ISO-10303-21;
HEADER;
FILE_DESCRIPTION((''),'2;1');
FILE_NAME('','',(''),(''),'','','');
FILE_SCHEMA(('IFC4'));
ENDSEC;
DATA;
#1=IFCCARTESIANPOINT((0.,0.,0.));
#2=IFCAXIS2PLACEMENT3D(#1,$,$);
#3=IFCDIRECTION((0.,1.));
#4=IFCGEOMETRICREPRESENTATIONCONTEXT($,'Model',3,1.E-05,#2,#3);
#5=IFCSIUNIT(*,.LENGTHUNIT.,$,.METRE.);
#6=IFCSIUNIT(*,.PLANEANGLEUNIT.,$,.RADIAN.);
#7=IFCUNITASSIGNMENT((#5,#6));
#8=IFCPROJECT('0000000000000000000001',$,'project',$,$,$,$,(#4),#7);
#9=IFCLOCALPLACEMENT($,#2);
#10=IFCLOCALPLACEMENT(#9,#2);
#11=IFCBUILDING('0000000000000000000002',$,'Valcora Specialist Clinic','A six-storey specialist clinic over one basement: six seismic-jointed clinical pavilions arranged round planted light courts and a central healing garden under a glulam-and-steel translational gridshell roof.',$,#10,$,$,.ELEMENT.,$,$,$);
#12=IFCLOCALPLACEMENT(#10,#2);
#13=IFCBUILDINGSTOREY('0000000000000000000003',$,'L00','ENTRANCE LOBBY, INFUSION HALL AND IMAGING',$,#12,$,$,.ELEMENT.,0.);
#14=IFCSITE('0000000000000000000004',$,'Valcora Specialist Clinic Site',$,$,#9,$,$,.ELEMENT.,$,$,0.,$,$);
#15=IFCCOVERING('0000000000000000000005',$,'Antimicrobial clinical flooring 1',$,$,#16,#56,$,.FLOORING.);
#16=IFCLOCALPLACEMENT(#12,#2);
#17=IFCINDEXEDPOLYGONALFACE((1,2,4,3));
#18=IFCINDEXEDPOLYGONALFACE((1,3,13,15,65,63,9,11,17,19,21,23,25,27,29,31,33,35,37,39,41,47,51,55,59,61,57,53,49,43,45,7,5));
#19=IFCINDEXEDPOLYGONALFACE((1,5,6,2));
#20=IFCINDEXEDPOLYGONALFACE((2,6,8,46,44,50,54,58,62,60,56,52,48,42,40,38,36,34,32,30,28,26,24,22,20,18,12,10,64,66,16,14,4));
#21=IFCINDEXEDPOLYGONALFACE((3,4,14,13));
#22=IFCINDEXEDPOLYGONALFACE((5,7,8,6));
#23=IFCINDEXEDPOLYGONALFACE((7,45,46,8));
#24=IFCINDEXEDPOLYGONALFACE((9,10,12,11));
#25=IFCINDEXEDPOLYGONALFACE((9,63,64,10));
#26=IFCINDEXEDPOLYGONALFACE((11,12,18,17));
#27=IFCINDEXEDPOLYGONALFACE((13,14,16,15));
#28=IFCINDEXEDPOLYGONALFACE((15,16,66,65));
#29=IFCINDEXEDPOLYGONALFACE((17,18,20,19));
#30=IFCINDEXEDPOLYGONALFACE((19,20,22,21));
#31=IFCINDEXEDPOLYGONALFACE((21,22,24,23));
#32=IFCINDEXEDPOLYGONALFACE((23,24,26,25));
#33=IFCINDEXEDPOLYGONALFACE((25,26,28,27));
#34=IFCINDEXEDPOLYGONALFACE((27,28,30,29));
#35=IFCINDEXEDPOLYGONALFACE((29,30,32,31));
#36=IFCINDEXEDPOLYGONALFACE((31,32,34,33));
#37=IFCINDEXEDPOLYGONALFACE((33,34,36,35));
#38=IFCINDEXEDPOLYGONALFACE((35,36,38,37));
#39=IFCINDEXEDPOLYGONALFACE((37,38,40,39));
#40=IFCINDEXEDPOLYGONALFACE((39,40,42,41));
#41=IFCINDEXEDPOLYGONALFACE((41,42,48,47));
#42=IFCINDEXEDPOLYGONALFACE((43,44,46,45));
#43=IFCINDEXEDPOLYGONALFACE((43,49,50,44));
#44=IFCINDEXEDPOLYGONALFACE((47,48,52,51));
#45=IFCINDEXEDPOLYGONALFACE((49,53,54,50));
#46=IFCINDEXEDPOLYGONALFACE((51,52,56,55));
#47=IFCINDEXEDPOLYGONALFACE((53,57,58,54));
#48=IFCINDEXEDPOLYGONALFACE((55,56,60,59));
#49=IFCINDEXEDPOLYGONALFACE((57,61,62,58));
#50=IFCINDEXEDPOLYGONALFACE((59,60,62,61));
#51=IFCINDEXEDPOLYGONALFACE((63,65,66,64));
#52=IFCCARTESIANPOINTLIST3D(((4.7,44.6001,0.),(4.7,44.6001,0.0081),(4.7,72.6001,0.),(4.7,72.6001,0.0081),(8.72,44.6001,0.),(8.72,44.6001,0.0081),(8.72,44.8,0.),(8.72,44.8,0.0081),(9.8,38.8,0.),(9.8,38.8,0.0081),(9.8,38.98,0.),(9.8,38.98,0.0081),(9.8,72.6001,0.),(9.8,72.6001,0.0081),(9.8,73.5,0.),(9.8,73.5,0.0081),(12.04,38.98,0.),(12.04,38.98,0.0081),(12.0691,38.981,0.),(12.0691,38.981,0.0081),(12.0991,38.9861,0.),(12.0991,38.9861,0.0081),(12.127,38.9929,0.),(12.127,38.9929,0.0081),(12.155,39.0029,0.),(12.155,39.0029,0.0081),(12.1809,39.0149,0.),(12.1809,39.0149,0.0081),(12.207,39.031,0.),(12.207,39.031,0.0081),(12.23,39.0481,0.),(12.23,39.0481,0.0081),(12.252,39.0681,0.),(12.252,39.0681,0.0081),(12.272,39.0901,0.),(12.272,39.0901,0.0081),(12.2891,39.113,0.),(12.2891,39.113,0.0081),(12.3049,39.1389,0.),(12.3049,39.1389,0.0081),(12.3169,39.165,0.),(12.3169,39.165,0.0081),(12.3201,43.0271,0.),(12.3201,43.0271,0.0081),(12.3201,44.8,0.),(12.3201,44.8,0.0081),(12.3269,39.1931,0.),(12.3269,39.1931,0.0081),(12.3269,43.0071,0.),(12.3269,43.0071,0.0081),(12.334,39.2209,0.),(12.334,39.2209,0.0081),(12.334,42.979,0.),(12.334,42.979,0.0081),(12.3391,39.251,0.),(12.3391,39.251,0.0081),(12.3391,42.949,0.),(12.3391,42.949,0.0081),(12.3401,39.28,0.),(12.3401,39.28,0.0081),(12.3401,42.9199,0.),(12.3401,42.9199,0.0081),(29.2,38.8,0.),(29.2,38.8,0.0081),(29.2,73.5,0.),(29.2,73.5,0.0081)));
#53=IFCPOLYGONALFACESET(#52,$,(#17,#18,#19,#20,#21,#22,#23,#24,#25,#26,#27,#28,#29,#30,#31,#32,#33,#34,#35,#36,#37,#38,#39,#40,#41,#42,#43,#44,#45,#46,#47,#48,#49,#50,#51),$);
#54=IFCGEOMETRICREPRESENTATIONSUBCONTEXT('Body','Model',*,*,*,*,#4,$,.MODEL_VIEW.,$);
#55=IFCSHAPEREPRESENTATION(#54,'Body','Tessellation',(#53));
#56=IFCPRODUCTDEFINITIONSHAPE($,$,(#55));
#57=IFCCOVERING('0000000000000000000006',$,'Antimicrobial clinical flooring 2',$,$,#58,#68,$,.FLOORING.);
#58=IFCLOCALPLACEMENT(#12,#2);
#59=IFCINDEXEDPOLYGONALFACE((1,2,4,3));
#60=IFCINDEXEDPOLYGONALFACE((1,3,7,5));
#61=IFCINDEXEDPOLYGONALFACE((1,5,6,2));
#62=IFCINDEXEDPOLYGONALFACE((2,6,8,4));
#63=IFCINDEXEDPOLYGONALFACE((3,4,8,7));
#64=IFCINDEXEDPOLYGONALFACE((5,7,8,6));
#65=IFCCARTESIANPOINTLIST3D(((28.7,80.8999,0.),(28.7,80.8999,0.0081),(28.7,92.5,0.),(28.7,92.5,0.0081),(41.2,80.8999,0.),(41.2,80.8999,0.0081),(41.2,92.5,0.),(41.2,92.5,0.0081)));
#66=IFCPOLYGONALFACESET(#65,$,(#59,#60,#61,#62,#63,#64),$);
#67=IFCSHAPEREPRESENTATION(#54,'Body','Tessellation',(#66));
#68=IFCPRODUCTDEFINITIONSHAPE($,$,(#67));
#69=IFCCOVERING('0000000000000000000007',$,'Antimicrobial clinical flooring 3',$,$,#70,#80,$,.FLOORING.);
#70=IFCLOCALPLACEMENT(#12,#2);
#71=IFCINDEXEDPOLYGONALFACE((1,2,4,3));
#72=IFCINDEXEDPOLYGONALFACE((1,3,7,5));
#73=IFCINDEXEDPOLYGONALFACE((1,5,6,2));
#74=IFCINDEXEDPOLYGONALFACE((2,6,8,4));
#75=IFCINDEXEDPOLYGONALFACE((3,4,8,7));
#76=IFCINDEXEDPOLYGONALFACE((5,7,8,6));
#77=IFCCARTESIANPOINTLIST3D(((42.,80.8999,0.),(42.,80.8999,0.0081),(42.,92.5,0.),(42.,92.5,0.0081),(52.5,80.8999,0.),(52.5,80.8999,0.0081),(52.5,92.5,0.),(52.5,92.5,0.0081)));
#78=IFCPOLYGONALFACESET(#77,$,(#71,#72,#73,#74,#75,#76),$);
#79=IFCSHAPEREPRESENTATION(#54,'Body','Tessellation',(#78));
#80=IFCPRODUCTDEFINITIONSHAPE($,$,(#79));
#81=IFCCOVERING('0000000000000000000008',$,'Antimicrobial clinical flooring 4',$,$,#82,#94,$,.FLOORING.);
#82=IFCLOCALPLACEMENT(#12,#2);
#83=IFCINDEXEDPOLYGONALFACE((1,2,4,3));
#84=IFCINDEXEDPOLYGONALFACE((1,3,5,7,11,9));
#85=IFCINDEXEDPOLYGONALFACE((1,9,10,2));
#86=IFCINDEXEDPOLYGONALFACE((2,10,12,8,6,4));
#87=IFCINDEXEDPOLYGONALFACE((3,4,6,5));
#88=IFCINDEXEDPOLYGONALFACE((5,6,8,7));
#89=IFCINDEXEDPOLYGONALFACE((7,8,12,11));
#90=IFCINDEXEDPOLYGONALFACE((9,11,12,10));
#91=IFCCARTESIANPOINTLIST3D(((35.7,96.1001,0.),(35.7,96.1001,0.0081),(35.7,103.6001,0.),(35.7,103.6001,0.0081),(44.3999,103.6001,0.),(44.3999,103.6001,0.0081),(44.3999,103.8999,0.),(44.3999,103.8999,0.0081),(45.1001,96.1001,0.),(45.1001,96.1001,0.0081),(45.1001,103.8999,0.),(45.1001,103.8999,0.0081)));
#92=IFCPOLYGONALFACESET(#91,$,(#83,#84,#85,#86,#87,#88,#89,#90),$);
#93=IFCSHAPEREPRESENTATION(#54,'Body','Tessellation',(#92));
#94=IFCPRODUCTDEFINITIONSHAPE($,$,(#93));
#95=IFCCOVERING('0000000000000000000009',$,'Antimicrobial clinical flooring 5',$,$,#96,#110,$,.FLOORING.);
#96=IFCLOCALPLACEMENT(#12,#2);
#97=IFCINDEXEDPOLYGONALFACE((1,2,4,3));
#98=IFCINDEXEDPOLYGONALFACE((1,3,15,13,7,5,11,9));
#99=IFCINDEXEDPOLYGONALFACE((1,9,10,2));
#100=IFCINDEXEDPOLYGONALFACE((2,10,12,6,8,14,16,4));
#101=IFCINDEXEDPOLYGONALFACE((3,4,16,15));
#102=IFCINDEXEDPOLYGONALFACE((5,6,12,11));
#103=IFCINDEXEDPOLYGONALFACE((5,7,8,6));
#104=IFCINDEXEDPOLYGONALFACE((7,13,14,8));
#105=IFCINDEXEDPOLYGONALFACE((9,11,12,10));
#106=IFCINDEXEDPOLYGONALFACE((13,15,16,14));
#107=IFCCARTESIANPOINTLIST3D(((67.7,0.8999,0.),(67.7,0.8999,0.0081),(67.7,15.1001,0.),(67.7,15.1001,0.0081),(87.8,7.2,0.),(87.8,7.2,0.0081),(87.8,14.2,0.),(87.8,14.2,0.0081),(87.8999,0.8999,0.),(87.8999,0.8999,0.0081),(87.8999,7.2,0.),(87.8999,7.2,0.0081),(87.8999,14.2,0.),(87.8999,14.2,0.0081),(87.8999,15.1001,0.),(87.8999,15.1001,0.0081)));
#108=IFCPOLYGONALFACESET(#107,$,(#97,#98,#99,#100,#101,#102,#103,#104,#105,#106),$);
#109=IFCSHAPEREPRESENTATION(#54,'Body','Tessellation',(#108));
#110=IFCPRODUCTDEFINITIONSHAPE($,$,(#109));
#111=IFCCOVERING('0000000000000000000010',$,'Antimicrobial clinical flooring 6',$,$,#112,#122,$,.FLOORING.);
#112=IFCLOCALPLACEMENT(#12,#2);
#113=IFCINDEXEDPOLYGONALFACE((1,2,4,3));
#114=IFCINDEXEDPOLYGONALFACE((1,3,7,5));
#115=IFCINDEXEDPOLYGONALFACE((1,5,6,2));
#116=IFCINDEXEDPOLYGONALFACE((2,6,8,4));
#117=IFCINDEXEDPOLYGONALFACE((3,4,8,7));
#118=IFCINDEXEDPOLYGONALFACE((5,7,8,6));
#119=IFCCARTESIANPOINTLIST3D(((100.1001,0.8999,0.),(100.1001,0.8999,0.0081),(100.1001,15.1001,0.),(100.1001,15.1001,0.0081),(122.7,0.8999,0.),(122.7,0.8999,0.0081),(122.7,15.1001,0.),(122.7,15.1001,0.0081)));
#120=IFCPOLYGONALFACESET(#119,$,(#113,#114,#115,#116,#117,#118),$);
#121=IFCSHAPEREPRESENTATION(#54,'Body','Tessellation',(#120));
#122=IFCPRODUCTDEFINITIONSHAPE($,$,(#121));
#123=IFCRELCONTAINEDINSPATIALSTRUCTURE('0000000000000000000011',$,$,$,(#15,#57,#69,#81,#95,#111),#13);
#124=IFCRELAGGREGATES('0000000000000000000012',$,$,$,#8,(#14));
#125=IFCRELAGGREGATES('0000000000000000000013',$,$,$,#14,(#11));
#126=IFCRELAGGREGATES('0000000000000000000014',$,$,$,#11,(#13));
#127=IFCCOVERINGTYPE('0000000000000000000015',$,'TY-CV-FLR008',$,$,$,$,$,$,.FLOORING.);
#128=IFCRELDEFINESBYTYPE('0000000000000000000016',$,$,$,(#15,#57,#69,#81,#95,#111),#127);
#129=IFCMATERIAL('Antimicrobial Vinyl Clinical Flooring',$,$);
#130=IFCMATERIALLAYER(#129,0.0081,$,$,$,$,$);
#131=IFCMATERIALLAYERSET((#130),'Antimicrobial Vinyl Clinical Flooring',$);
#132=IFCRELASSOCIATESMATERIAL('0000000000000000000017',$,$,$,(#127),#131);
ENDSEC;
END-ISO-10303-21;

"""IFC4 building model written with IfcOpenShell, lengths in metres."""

from ifc_helpers import new_model, si_unit, direction, origin, place, context, subcontext, project, spatial, polyline, outline, extrude, material, layer, layer_set, type_object, element, save


model = new_model("IFC4")

# Units and contexts
model_context = context("Model", 3, precision=1e-05, world=origin(), true_north=direction((0.0, 1.0)))
body_context = subcontext(model_context, "Body", "Model", "MODEL_VIEW")
ifc_project = project(units=[si_unit("LENGTHUNIT", "METRE"), si_unit("PLANEANGLEUNIT", "RADIAN")], contexts=[model_context])

# Site, building, storey
site_placement = place(None, origin())
site = spatial("IfcSite", under=ifc_project, at=site_placement, Name="Valcora Specialist Clinic Site", CompositionType="ELEMENT", RefElevation=0.0)
building_placement = place(site_placement, origin())
building = spatial("IfcBuilding", under=site, at=building_placement, Name="Valcora Specialist Clinic", Description="A six-storey specialist clinic over one basement: six seismic-jointed clinical pavilions arranged round planted light courts and a central healing garden under a glulam-and-steel translational gridshell roof.", CompositionType="ELEMENT")
storey_placement = place(building_placement, origin())
storey = spatial("IfcBuildingStorey", under=building, at=storey_placement, Name="L00", Description="ENTRANCE LOBBY, INFUSION HALL AND IMAGING", CompositionType="ELEMENT", Elevation=0.0)

# Coverings
ifc_material_1 = material(Name="Antimicrobial Vinyl Clinical Flooring")
ifc_layer_1 = layer(ifc_material_1, 0.0081)
ifc_layer_set_1 = layer_set([ifc_layer_1], Name="Antimicrobial Vinyl Clinical Flooring")
covering_type_1 = type_object("IfcCoveringType", Name="TY-CV-FLR008", PredefinedType="FLOORING", material=ifc_layer_set_1)
covering_1_placement = place(storey_placement, origin())
element("IfcCovering", 1, at=covering_1_placement, inside=storey, type_object=covering_type_1, Name="Antimicrobial clinical flooring 1", PredefinedType="FLOORING", context=body_context, shape_type="SweptSolid", body=[
    extrude(outline(polyline([(29.2, 73.5), (29.2, 38.8), (9.8, 38.8), (9.8, 38.98), (12.04, 38.98), (12.0691, 38.981), (12.0991, 38.9861), (12.127, 38.9929), (12.155, 39.0029), (12.1809, 39.0149), (12.207, 39.031), (12.23, 39.0481), (12.252, 39.0681), (12.272, 39.0901), (12.2891, 39.113), (12.3049, 39.1389), (12.3169, 39.165), (12.3269, 39.1931), (12.334, 39.2209), (12.3391, 39.251), (12.3401, 39.28), (12.3401, 42.9199), (12.3391, 42.949), (12.334, 42.979), (12.3269, 43.0071), (12.3201, 43.0271), (12.3201, 44.8), (8.72, 44.8), (8.72, 44.6001), (4.7, 44.6001), (4.7, 72.6001), (9.8, 72.6001), (9.8, 73.5), (29.2, 73.5)])), origin(), (0.0, 0.0, 1.0), 0.0081),
])
covering_2_placement = place(storey_placement, origin())
element("IfcCovering", 2, at=covering_2_placement, inside=storey, type_object=covering_type_1, Name="Antimicrobial clinical flooring 2", PredefinedType="FLOORING", context=body_context, shape_type="SweptSolid", body=[
    extrude(outline(polyline([(28.7, 92.5), (41.2, 92.5), (41.2, 80.8999), (28.7, 80.8999), (28.7, 92.5)])), origin(), (0.0, 0.0, 1.0), 0.0081),
])
covering_3_placement = place(storey_placement, origin())
element("IfcCovering", 3, at=covering_3_placement, inside=storey, type_object=covering_type_1, Name="Antimicrobial clinical flooring 3", PredefinedType="FLOORING", context=body_context, shape_type="SweptSolid", body=[
    extrude(outline(polyline([(52.5, 92.5), (52.5, 80.8999), (42.0, 80.8999), (42.0, 92.5), (52.5, 92.5)])), origin(), (0.0, 0.0, 1.0), 0.0081),
])
covering_4_placement = place(storey_placement, origin())
element("IfcCovering", 4, at=covering_4_placement, inside=storey, type_object=covering_type_1, Name="Antimicrobial clinical flooring 4", PredefinedType="FLOORING", context=body_context, shape_type="SweptSolid", body=[
    extrude(outline(polyline([(45.1001, 103.8999), (45.1001, 96.1001), (35.7, 96.1001), (35.7, 103.6001), (44.3999, 103.6001), (44.3999, 103.8999), (45.1001, 103.8999)])), origin(), (0.0, 0.0, 1.0), 0.0081),
])
covering_5_placement = place(storey_placement, origin())
element("IfcCovering", 5, at=covering_5_placement, inside=storey, type_object=covering_type_1, Name="Antimicrobial clinical flooring 5", PredefinedType="FLOORING", context=body_context, shape_type="SweptSolid", body=[
    extrude(outline(polyline([(67.7, 15.1001), (87.8999, 15.1001), (87.8999, 14.2), (87.8, 14.2), (87.8, 7.2), (87.8999, 7.2), (87.8999, 0.8999), (67.7, 0.8999), (67.7, 15.1001)])), origin(), (0.0, 0.0, 1.0), 0.0081),
])
covering_6_placement = place(storey_placement, origin())
element("IfcCovering", 6, at=covering_6_placement, inside=storey, type_object=covering_type_1, Name="Antimicrobial clinical flooring 6", PredefinedType="FLOORING", context=body_context, shape_type="SweptSolid", body=[
    extrude(outline(polyline([(122.7, 15.1001), (122.7, 0.8999), (100.1001, 0.8999), (100.1001, 15.1001), (122.7, 15.1001)])), origin(), (0.0, 0.0, 1.0), 0.0081),
])

save(model, "model.ifc")
